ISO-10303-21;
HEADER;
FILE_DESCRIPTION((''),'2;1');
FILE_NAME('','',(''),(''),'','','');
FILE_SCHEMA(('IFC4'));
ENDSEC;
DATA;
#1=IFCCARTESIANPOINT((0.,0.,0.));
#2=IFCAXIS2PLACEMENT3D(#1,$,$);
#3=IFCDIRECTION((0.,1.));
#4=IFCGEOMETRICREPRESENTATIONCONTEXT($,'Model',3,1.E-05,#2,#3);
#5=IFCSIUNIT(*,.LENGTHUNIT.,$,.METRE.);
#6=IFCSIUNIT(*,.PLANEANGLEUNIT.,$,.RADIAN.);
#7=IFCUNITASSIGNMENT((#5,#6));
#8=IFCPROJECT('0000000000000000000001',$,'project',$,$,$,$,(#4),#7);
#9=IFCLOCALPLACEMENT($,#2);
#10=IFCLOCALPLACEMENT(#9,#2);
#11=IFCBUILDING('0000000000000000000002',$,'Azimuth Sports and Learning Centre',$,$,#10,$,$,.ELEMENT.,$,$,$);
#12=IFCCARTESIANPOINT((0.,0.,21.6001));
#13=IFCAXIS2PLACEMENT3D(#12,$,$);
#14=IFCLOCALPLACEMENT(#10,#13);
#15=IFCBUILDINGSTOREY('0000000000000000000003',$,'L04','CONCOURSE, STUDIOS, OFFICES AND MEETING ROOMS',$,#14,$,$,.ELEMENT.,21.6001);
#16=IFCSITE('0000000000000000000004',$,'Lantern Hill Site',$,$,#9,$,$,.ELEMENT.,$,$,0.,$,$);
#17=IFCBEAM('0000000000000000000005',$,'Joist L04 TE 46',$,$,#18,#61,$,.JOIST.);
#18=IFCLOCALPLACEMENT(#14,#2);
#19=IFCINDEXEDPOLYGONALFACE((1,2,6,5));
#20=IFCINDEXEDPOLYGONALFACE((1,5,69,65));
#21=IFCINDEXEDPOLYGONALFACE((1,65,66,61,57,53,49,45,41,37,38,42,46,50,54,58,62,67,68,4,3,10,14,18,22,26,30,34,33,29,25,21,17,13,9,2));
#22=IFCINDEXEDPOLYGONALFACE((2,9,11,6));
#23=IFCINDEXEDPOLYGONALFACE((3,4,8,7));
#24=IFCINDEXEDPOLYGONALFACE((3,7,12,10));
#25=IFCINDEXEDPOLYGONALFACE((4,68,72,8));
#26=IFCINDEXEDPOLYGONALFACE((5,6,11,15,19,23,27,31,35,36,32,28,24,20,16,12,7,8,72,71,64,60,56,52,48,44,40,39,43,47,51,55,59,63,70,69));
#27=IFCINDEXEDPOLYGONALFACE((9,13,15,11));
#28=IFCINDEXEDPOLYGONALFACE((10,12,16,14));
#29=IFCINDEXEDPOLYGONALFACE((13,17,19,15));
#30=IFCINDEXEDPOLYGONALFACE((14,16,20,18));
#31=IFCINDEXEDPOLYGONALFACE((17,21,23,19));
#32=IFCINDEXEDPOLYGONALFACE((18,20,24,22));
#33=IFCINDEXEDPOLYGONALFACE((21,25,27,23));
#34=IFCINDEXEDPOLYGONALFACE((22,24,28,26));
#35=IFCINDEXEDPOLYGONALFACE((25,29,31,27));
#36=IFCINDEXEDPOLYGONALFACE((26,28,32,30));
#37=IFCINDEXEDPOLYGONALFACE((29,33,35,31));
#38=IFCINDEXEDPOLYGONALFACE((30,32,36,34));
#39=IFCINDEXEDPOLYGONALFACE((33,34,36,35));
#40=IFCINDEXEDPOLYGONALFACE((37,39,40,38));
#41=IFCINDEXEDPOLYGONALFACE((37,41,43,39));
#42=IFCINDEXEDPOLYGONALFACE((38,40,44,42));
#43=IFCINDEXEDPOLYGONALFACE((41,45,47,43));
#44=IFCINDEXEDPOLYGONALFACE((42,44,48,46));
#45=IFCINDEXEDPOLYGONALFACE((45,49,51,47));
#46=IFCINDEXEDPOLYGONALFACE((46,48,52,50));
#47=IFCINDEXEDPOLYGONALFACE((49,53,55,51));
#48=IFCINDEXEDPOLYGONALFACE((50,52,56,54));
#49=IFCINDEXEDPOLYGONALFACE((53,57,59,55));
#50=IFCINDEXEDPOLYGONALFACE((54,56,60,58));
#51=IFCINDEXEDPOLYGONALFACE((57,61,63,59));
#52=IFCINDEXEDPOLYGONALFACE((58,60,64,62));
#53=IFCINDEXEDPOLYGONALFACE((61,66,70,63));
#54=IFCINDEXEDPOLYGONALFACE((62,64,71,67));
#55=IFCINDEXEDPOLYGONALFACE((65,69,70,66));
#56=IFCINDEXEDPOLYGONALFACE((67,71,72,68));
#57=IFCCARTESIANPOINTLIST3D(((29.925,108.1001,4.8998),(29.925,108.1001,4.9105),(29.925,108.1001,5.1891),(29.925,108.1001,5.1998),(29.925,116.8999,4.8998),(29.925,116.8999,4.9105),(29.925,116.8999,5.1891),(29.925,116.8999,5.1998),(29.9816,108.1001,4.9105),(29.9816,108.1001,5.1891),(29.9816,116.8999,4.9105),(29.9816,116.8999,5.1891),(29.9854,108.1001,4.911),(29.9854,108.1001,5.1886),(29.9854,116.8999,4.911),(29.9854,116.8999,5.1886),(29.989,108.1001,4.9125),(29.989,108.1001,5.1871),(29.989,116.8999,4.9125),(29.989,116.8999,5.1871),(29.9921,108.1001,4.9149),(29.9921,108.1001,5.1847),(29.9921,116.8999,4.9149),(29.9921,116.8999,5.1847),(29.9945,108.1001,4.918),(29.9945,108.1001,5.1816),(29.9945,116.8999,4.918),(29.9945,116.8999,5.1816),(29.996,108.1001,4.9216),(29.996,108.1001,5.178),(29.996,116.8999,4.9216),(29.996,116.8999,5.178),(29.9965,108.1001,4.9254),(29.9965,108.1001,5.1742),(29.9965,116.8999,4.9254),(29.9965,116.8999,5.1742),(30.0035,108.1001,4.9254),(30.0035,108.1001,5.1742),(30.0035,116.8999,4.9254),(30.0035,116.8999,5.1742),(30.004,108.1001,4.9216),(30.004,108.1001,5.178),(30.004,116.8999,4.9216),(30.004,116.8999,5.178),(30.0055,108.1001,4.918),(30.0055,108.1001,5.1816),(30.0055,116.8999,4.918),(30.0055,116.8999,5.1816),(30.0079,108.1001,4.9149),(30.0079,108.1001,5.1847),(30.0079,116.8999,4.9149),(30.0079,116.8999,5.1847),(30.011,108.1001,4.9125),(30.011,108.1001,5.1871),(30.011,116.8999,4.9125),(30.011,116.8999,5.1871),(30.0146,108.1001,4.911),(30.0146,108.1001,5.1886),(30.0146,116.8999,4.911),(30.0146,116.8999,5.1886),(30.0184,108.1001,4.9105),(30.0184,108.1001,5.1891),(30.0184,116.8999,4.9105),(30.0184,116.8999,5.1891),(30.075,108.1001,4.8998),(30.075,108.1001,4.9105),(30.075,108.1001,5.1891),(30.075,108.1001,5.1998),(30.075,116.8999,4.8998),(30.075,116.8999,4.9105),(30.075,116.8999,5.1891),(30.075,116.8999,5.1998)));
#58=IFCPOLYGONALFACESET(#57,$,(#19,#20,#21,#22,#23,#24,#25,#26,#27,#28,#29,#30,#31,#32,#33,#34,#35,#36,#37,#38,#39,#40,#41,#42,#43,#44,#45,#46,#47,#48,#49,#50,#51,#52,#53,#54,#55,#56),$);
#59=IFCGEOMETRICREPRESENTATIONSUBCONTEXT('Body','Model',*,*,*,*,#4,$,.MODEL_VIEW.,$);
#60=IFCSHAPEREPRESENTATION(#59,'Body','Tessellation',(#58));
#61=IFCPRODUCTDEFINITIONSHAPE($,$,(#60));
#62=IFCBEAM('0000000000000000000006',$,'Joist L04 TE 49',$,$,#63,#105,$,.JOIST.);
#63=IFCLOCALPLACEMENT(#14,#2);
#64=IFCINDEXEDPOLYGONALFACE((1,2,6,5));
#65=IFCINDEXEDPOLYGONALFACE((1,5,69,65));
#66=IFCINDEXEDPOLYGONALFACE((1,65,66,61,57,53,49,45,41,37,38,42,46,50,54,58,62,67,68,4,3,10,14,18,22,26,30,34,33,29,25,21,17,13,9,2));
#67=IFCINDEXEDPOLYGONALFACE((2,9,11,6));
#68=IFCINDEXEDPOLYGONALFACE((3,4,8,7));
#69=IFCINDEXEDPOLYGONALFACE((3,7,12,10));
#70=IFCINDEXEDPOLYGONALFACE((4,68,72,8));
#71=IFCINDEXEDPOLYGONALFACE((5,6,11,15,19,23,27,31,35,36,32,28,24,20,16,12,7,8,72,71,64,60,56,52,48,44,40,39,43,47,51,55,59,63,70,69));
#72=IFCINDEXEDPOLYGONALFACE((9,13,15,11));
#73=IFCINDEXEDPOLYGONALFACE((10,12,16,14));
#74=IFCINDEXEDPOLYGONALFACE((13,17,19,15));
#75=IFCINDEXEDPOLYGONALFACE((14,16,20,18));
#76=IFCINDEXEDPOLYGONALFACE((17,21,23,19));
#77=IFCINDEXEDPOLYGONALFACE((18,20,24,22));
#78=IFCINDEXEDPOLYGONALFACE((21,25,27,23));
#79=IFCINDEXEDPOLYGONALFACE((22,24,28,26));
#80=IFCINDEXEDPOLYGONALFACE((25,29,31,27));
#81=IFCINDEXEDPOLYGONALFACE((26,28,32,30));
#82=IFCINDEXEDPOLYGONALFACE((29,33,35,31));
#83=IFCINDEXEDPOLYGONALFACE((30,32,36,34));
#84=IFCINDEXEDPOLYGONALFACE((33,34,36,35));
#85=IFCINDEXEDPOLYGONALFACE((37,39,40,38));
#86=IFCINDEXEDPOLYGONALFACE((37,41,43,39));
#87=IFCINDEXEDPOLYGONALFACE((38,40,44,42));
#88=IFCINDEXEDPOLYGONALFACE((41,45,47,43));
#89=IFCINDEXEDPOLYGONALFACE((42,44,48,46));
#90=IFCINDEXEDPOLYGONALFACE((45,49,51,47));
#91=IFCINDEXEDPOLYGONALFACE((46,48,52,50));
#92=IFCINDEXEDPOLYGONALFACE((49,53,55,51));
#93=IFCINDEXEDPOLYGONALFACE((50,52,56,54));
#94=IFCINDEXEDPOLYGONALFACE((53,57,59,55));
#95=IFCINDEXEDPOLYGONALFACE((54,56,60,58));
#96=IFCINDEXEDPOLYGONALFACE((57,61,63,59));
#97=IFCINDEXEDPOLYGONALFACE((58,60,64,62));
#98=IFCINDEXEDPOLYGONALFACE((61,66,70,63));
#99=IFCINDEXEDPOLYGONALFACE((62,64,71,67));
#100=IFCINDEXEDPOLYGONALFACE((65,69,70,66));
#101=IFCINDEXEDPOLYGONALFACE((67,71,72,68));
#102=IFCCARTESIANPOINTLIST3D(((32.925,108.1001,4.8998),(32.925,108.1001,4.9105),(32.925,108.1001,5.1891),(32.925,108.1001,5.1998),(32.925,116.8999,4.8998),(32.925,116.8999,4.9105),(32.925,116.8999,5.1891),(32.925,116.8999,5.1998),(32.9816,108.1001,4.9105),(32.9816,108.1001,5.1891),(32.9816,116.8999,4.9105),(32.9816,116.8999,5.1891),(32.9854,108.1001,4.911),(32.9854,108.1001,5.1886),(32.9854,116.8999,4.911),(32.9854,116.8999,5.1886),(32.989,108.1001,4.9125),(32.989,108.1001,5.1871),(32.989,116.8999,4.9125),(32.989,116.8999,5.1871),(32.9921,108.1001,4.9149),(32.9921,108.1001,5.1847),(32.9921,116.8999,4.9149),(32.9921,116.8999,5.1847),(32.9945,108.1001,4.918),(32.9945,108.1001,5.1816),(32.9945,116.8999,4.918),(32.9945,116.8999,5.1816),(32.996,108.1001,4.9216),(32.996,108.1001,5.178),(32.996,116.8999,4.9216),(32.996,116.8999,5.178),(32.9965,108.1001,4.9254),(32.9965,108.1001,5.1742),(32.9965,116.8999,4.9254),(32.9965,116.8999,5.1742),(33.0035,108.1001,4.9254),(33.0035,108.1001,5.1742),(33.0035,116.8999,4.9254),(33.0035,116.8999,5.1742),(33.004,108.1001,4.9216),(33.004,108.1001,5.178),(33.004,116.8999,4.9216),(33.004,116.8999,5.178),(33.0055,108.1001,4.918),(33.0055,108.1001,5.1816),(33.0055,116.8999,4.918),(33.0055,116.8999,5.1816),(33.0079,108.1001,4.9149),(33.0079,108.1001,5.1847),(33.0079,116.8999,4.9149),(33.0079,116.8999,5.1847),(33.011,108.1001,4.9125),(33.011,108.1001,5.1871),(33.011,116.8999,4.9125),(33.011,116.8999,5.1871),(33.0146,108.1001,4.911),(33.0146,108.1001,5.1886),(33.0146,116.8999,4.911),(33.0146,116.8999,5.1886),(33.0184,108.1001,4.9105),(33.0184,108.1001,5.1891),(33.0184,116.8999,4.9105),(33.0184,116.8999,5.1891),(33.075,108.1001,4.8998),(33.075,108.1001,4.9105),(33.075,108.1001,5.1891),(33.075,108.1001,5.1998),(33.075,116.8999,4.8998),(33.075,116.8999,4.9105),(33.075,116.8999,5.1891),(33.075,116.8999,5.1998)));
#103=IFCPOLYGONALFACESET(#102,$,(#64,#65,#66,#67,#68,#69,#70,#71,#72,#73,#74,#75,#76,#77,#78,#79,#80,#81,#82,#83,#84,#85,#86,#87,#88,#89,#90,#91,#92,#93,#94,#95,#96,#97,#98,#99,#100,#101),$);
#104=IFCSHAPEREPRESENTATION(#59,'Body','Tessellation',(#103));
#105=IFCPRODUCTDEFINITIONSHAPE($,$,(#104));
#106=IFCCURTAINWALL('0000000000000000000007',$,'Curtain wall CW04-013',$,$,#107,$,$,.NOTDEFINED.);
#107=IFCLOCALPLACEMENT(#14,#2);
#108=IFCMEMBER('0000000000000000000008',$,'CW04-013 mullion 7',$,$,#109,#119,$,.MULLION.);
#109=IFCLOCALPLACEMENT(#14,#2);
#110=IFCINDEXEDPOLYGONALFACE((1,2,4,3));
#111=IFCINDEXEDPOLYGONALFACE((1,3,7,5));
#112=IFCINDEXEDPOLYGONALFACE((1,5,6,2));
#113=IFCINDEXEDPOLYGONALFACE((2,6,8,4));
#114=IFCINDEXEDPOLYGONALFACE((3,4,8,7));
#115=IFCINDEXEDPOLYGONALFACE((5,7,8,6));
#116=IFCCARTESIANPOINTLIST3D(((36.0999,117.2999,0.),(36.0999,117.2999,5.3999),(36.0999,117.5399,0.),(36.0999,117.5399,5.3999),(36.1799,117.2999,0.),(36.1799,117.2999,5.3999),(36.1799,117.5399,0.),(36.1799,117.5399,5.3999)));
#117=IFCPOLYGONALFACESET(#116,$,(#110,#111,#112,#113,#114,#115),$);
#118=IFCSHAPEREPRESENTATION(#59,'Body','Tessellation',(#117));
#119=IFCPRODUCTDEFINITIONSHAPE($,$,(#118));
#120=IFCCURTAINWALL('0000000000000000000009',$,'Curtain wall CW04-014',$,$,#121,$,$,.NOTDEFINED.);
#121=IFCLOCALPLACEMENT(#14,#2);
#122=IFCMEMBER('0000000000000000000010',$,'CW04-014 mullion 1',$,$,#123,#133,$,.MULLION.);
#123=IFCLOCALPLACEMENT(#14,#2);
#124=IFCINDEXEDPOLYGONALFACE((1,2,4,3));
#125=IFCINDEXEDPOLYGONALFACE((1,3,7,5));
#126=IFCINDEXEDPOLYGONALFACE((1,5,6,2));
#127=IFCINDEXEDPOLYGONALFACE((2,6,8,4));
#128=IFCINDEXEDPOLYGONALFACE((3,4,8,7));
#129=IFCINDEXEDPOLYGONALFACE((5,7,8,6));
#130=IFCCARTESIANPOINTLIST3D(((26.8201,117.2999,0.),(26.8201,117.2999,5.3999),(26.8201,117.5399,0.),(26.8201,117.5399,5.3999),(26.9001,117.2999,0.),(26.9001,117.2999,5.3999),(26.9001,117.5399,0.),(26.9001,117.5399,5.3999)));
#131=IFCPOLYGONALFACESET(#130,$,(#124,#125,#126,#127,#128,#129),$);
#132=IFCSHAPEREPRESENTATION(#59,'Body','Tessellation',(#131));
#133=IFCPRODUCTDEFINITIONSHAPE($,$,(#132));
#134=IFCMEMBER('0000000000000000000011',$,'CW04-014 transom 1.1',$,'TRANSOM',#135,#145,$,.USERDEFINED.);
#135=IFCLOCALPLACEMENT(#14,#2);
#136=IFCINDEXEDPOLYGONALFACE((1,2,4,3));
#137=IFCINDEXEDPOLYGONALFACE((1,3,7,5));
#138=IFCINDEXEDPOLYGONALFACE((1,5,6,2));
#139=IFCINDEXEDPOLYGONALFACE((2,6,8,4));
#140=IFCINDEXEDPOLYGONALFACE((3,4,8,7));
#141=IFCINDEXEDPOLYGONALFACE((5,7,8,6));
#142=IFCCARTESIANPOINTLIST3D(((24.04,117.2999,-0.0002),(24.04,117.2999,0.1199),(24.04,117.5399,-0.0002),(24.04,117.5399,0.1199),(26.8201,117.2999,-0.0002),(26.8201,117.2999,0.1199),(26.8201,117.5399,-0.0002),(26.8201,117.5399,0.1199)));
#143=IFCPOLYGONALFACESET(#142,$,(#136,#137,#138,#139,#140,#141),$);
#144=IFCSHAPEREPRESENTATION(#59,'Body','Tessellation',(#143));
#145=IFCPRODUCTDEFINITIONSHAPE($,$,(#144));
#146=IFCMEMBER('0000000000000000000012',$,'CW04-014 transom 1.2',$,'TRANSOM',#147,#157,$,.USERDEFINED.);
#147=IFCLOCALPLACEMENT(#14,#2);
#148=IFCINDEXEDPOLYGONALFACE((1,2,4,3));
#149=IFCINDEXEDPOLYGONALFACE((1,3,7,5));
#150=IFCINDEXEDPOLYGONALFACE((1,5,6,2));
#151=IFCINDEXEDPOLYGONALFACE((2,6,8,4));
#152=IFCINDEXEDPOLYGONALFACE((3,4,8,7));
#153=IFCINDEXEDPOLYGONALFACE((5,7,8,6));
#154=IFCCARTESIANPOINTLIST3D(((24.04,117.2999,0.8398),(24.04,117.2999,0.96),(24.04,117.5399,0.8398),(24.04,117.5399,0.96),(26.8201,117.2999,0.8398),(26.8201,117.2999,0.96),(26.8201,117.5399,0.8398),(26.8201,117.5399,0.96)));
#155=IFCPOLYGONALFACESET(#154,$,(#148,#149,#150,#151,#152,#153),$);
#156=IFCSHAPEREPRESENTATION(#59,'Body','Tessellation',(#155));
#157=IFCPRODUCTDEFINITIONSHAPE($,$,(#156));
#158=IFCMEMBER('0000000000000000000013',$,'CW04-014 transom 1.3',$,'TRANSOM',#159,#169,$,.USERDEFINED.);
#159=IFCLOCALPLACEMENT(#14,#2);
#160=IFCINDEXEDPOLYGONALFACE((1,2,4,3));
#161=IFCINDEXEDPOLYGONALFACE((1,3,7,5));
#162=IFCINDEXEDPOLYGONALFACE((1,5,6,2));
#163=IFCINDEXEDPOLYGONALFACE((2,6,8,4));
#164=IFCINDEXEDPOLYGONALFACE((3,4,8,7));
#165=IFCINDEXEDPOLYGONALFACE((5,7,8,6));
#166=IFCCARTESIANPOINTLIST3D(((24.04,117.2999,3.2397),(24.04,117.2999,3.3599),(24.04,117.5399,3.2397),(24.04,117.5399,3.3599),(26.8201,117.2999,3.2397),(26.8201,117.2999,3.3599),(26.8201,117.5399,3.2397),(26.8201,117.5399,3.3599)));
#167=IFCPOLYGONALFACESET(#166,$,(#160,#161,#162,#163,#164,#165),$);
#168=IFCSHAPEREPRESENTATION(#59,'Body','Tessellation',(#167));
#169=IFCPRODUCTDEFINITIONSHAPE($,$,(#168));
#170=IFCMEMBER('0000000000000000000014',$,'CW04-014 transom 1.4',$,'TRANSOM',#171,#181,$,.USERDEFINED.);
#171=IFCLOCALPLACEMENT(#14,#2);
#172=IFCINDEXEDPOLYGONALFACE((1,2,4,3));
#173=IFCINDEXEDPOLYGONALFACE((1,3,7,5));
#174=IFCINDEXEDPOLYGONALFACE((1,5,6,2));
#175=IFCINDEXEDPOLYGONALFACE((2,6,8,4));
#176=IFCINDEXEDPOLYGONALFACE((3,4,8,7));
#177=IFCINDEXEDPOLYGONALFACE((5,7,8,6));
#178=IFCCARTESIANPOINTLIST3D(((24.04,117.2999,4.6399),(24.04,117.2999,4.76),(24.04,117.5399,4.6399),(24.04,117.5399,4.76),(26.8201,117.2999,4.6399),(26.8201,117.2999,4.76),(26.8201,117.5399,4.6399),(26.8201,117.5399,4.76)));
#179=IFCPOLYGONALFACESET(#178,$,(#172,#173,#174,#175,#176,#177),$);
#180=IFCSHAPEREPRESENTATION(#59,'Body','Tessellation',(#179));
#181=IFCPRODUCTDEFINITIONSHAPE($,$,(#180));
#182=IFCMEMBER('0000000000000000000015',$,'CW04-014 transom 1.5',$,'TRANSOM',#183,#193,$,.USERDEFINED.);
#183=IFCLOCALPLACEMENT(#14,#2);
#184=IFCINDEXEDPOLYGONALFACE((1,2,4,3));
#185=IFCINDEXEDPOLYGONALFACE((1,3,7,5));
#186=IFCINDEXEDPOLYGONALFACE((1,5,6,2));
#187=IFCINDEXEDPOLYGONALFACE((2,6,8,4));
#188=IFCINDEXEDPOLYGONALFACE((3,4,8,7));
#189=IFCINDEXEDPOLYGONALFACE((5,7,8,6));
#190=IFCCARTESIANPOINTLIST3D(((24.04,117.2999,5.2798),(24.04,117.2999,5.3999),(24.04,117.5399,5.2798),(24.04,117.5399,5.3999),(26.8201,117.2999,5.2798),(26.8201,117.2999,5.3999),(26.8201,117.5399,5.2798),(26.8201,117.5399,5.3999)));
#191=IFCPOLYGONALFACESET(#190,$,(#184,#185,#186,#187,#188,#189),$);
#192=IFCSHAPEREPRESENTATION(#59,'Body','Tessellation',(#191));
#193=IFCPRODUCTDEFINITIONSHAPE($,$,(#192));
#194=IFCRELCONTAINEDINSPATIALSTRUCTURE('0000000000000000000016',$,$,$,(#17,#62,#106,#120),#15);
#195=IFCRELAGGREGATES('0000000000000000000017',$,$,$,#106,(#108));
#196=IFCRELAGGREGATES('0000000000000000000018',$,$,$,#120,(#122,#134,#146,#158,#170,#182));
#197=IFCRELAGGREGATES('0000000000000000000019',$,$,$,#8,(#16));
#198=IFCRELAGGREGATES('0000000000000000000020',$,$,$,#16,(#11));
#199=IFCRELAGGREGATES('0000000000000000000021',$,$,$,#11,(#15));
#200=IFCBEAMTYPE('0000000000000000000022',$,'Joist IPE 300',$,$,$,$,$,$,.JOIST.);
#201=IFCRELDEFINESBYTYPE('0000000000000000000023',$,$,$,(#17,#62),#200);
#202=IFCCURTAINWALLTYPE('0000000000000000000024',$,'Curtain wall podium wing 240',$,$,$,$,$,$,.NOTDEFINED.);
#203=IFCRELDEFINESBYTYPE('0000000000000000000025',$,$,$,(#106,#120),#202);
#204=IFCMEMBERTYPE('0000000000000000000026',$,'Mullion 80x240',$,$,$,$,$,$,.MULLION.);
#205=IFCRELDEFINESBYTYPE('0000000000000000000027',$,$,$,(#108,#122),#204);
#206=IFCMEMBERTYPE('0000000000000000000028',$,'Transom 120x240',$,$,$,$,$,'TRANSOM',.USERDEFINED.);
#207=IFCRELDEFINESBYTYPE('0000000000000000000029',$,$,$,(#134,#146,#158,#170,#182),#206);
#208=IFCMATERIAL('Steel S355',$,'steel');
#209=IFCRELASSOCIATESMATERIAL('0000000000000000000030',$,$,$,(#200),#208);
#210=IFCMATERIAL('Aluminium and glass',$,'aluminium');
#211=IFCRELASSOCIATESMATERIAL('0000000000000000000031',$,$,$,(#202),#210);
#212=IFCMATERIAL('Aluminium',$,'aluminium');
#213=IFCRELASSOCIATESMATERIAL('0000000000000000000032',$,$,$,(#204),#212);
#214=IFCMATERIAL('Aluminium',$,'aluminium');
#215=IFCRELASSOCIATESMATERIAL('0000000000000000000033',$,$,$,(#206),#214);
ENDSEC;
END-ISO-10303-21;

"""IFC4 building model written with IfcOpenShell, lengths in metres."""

from ifc_helpers import new_model, si_unit, direction, frame, origin, origin_2d, place, context, subcontext, project, spatial, rectangle, i_section, extrude, material, material_profile, profile_set, type_object, element, aggregate, save


model = new_model("IFC4")

# Units and contexts
model_context = context("Model", 3, precision=1e-05, world=origin(), true_north=direction((0.0, 1.0)))
body_context = subcontext(model_context, "Body", "Model", "MODEL_VIEW")
ifc_project = project(units=[si_unit("LENGTHUNIT", "METRE"), si_unit("PLANEANGLEUNIT", "RADIAN")], contexts=[model_context])

# Site, building, storey
site_placement = place(None, origin())
site = spatial("IfcSite", under=ifc_project, at=site_placement, Name="Lantern Hill Site", CompositionType="ELEMENT", RefElevation=0.0)
building_placement = place(site_placement, origin())
building = spatial("IfcBuilding", under=site, at=building_placement, Name="Azimuth Sports and Learning Centre", CompositionType="ELEMENT")
storey_placement = place(building_placement, frame((0.0, 0.0, 21.6001)))
storey = spatial("IfcBuildingStorey", under=building, at=storey_placement, Name="L04", Description="CONCOURSE, STUDIOS, OFFICES AND MEETING ROOMS", CompositionType="ELEMENT", Elevation=21.6001)

# Beams
ifc_material_1 = material(Name="Steel S355", Category="steel")
ifc_material_profile_1 = material_profile(ifc_material_1, i_section(OverallWidth=0.1499, OverallDepth=0.3, WebThickness=0.0071, FlangeThickness=0.0107, FilletRadius=0.0149, at=origin_2d()), Name="IPE 300")
ifc_profile_set_1 = profile_set([ifc_material_profile_1], Name="Steel S355")
beam_type_1 = type_object("IfcBeamType", Name="Joist IPE 300", PredefinedType="JOIST", material=ifc_profile_set_1)
for number, where, z_axis, x_axis, name in (
    (1, (30.0, 108.1001, 5.0498), (0.0, 1.0, 0.0), (-1.0, 0.0, 0.0), "Joist L04 TE 46"),
    (2, (33.0, 108.1001, 5.0498), (0.0, 1.0, 0.0), (-1.0, 0.0, 0.0), "Joist L04 TE 49"),
):
    element("IfcBeam", number, at=place(storey_placement, frame(where, z_axis=z_axis, x_axis=x_axis)), inside=storey, type_object=beam_type_1, Name=name, PredefinedType="JOIST", context=body_context, shape_type="SweptSolid", body=[
        extrude(i_section(OverallWidth=0.1499, OverallDepth=0.3, WebThickness=0.0071, FlangeThickness=0.0107, FilletRadius=0.0149, at=origin_2d()), origin(), (0.0, 0.0, 1.0), 8.7998),
    ])

# Curtain wall, member
ifc_material_2 = material(Name="Aluminium and glass", Category="aluminium")
curtain_wall_type = type_object("IfcCurtainWallType", Name="Curtain wall podium wing 240", PredefinedType="NOTDEFINED", material=ifc_material_2)
curtain_wall_1_placement = place(storey_placement, origin())
curtain_wall_1 = element("IfcCurtainWall", 3, at=curtain_wall_1_placement, inside=storey, type_object=curtain_wall_type, Name="Curtain wall CW04-013", PredefinedType="NOTDEFINED")
ifc_material_3 = material(Name="Aluminium", Category="aluminium")
ifc_material_profile_2 = material_profile(ifc_material_3, rectangle(XDim=0.24, YDim=0.0801, at=origin_2d()), Name="Mullion 80x240")
ifc_profile_set_2 = profile_set([ifc_material_profile_2], Name="Aluminium")
member_type_1 = type_object("IfcMemberType", Name="Mullion 80x240", PredefinedType="MULLION", material=ifc_profile_set_2)
member_1_placement = place(storey_placement, frame((36.1399, 117.4199, 0.0), z_axis=(0.0, 0.0, 1.0), x_axis=(0.0, -1.0, 0.0)))
member_1 = element("IfcMember", 4, at=member_1_placement, type_object=member_type_1, Name="CW04-013 mullion 7", PredefinedType="MULLION", context=body_context, shape_type="SweptSolid", body=[
    extrude(rectangle(XDim=0.24, YDim=0.0801, at=origin_2d()), origin(), (0.0, 0.0, 1.0), 5.3999),
])

# Curtain wall, members
curtain_wall_2_placement = place(storey_placement, origin())
curtain_wall_2 = element("IfcCurtainWall", 5, at=curtain_wall_2_placement, inside=storey, type_object=curtain_wall_type, Name="Curtain wall CW04-014", PredefinedType="NOTDEFINED")
member_2_placement = place(storey_placement, frame((26.8601, 117.4199, 0.0), z_axis=(0.0, 0.0, 1.0), x_axis=(0.0, -1.0, 0.0)))
member_2 = element("IfcMember", 6, at=member_2_placement, type_object=member_type_1, Name="CW04-014 mullion 1", PredefinedType="MULLION", context=body_context, shape_type="SweptSolid", body=[
    extrude(rectangle(XDim=0.24, YDim=0.0801, at=origin_2d()), origin(), (0.0, 0.0, 1.0), 5.3999),
])
ifc_material_4 = material(Name="Aluminium", Category="aluminium")
ifc_material_profile_3 = material_profile(ifc_material_4, rectangle(XDim=0.24, YDim=0.1201, at=origin_2d()), Name="Transom 120x240")
ifc_profile_set_3 = profile_set([ifc_material_profile_3], Name="Aluminium")
member_type_2 = type_object("IfcMemberType", Name="Transom 120x240", ElementType="TRANSOM", PredefinedType="USERDEFINED", material=ifc_profile_set_3)
member_3_placement = place(storey_placement, frame((26.8201, 117.4199, 0.0598), z_axis=(-1.0, 0.0, 0.0), x_axis=(0.0, -1.0, 0.0)))
member_3 = element("IfcMember", 7, at=member_3_placement, type_object=member_type_2, Name="CW04-014 transom 1.1", ObjectType="TRANSOM", PredefinedType="USERDEFINED", context=body_context, shape_type="SweptSolid", body=[
    extrude(rectangle(XDim=0.24, YDim=0.1201, at=origin_2d()), origin(), (0.0, 0.0, 1.0), 2.78),
])
member_4_placement = place(storey_placement, frame((26.8201, 117.4199, 0.8999), z_axis=(-1.0, 0.0, 0.0), x_axis=(0.0, -1.0, 0.0)))
member_4 = element("IfcMember", 8, at=member_4_placement, type_object=member_type_2, Name="CW04-014 transom 1.2", ObjectType="TRANSOM", PredefinedType="USERDEFINED", context=body_context, shape_type="SweptSolid", body=[
    extrude(rectangle(XDim=0.24, YDim=0.1201, at=origin_2d()), origin(), (0.0, 0.0, 1.0), 2.78),
])
member_5_placement = place(storey_placement, frame((26.8201, 117.4199, 3.2998), z_axis=(-1.0, 0.0, 0.0), x_axis=(0.0, -1.0, 0.0)))
member_5 = element("IfcMember", 9, at=member_5_placement, type_object=member_type_2, Name="CW04-014 transom 1.3", ObjectType="TRANSOM", PredefinedType="USERDEFINED", context=body_context, shape_type="SweptSolid", body=[
    extrude(rectangle(XDim=0.24, YDim=0.1201, at=origin_2d()), origin(), (0.0, 0.0, 1.0), 2.78),
])
member_6_placement = place(storey_placement, frame((26.8201, 117.4199, 4.7), z_axis=(-1.0, 0.0, 0.0), x_axis=(0.0, -1.0, 0.0)))
member_6 = element("IfcMember", 10, at=member_6_placement, type_object=member_type_2, Name="CW04-014 transom 1.4", ObjectType="TRANSOM", PredefinedType="USERDEFINED", context=body_context, shape_type="SweptSolid", body=[
    extrude(rectangle(XDim=0.24, YDim=0.1201, at=origin_2d()), origin(), (0.0, 0.0, 1.0), 2.78),
])
member_7_placement = place(storey_placement, frame((26.8201, 117.4199, 5.3398), z_axis=(-1.0, 0.0, 0.0), x_axis=(0.0, -1.0, 0.0)))
member_7 = element("IfcMember", 11, at=member_7_placement, type_object=member_type_2, Name="CW04-014 transom 1.5", ObjectType="TRANSOM", PredefinedType="USERDEFINED", context=body_context, shape_type="SweptSolid", body=[
    extrude(rectangle(XDim=0.24, YDim=0.1201, at=origin_2d()), origin(), (0.0, 0.0, 1.0), 2.78),
])

aggregate(curtain_wall_1, [member_1])
aggregate(curtain_wall_2, [member_2, member_3, member_4, member_5, member_6, member_7])

save(model, "model.ifc")
